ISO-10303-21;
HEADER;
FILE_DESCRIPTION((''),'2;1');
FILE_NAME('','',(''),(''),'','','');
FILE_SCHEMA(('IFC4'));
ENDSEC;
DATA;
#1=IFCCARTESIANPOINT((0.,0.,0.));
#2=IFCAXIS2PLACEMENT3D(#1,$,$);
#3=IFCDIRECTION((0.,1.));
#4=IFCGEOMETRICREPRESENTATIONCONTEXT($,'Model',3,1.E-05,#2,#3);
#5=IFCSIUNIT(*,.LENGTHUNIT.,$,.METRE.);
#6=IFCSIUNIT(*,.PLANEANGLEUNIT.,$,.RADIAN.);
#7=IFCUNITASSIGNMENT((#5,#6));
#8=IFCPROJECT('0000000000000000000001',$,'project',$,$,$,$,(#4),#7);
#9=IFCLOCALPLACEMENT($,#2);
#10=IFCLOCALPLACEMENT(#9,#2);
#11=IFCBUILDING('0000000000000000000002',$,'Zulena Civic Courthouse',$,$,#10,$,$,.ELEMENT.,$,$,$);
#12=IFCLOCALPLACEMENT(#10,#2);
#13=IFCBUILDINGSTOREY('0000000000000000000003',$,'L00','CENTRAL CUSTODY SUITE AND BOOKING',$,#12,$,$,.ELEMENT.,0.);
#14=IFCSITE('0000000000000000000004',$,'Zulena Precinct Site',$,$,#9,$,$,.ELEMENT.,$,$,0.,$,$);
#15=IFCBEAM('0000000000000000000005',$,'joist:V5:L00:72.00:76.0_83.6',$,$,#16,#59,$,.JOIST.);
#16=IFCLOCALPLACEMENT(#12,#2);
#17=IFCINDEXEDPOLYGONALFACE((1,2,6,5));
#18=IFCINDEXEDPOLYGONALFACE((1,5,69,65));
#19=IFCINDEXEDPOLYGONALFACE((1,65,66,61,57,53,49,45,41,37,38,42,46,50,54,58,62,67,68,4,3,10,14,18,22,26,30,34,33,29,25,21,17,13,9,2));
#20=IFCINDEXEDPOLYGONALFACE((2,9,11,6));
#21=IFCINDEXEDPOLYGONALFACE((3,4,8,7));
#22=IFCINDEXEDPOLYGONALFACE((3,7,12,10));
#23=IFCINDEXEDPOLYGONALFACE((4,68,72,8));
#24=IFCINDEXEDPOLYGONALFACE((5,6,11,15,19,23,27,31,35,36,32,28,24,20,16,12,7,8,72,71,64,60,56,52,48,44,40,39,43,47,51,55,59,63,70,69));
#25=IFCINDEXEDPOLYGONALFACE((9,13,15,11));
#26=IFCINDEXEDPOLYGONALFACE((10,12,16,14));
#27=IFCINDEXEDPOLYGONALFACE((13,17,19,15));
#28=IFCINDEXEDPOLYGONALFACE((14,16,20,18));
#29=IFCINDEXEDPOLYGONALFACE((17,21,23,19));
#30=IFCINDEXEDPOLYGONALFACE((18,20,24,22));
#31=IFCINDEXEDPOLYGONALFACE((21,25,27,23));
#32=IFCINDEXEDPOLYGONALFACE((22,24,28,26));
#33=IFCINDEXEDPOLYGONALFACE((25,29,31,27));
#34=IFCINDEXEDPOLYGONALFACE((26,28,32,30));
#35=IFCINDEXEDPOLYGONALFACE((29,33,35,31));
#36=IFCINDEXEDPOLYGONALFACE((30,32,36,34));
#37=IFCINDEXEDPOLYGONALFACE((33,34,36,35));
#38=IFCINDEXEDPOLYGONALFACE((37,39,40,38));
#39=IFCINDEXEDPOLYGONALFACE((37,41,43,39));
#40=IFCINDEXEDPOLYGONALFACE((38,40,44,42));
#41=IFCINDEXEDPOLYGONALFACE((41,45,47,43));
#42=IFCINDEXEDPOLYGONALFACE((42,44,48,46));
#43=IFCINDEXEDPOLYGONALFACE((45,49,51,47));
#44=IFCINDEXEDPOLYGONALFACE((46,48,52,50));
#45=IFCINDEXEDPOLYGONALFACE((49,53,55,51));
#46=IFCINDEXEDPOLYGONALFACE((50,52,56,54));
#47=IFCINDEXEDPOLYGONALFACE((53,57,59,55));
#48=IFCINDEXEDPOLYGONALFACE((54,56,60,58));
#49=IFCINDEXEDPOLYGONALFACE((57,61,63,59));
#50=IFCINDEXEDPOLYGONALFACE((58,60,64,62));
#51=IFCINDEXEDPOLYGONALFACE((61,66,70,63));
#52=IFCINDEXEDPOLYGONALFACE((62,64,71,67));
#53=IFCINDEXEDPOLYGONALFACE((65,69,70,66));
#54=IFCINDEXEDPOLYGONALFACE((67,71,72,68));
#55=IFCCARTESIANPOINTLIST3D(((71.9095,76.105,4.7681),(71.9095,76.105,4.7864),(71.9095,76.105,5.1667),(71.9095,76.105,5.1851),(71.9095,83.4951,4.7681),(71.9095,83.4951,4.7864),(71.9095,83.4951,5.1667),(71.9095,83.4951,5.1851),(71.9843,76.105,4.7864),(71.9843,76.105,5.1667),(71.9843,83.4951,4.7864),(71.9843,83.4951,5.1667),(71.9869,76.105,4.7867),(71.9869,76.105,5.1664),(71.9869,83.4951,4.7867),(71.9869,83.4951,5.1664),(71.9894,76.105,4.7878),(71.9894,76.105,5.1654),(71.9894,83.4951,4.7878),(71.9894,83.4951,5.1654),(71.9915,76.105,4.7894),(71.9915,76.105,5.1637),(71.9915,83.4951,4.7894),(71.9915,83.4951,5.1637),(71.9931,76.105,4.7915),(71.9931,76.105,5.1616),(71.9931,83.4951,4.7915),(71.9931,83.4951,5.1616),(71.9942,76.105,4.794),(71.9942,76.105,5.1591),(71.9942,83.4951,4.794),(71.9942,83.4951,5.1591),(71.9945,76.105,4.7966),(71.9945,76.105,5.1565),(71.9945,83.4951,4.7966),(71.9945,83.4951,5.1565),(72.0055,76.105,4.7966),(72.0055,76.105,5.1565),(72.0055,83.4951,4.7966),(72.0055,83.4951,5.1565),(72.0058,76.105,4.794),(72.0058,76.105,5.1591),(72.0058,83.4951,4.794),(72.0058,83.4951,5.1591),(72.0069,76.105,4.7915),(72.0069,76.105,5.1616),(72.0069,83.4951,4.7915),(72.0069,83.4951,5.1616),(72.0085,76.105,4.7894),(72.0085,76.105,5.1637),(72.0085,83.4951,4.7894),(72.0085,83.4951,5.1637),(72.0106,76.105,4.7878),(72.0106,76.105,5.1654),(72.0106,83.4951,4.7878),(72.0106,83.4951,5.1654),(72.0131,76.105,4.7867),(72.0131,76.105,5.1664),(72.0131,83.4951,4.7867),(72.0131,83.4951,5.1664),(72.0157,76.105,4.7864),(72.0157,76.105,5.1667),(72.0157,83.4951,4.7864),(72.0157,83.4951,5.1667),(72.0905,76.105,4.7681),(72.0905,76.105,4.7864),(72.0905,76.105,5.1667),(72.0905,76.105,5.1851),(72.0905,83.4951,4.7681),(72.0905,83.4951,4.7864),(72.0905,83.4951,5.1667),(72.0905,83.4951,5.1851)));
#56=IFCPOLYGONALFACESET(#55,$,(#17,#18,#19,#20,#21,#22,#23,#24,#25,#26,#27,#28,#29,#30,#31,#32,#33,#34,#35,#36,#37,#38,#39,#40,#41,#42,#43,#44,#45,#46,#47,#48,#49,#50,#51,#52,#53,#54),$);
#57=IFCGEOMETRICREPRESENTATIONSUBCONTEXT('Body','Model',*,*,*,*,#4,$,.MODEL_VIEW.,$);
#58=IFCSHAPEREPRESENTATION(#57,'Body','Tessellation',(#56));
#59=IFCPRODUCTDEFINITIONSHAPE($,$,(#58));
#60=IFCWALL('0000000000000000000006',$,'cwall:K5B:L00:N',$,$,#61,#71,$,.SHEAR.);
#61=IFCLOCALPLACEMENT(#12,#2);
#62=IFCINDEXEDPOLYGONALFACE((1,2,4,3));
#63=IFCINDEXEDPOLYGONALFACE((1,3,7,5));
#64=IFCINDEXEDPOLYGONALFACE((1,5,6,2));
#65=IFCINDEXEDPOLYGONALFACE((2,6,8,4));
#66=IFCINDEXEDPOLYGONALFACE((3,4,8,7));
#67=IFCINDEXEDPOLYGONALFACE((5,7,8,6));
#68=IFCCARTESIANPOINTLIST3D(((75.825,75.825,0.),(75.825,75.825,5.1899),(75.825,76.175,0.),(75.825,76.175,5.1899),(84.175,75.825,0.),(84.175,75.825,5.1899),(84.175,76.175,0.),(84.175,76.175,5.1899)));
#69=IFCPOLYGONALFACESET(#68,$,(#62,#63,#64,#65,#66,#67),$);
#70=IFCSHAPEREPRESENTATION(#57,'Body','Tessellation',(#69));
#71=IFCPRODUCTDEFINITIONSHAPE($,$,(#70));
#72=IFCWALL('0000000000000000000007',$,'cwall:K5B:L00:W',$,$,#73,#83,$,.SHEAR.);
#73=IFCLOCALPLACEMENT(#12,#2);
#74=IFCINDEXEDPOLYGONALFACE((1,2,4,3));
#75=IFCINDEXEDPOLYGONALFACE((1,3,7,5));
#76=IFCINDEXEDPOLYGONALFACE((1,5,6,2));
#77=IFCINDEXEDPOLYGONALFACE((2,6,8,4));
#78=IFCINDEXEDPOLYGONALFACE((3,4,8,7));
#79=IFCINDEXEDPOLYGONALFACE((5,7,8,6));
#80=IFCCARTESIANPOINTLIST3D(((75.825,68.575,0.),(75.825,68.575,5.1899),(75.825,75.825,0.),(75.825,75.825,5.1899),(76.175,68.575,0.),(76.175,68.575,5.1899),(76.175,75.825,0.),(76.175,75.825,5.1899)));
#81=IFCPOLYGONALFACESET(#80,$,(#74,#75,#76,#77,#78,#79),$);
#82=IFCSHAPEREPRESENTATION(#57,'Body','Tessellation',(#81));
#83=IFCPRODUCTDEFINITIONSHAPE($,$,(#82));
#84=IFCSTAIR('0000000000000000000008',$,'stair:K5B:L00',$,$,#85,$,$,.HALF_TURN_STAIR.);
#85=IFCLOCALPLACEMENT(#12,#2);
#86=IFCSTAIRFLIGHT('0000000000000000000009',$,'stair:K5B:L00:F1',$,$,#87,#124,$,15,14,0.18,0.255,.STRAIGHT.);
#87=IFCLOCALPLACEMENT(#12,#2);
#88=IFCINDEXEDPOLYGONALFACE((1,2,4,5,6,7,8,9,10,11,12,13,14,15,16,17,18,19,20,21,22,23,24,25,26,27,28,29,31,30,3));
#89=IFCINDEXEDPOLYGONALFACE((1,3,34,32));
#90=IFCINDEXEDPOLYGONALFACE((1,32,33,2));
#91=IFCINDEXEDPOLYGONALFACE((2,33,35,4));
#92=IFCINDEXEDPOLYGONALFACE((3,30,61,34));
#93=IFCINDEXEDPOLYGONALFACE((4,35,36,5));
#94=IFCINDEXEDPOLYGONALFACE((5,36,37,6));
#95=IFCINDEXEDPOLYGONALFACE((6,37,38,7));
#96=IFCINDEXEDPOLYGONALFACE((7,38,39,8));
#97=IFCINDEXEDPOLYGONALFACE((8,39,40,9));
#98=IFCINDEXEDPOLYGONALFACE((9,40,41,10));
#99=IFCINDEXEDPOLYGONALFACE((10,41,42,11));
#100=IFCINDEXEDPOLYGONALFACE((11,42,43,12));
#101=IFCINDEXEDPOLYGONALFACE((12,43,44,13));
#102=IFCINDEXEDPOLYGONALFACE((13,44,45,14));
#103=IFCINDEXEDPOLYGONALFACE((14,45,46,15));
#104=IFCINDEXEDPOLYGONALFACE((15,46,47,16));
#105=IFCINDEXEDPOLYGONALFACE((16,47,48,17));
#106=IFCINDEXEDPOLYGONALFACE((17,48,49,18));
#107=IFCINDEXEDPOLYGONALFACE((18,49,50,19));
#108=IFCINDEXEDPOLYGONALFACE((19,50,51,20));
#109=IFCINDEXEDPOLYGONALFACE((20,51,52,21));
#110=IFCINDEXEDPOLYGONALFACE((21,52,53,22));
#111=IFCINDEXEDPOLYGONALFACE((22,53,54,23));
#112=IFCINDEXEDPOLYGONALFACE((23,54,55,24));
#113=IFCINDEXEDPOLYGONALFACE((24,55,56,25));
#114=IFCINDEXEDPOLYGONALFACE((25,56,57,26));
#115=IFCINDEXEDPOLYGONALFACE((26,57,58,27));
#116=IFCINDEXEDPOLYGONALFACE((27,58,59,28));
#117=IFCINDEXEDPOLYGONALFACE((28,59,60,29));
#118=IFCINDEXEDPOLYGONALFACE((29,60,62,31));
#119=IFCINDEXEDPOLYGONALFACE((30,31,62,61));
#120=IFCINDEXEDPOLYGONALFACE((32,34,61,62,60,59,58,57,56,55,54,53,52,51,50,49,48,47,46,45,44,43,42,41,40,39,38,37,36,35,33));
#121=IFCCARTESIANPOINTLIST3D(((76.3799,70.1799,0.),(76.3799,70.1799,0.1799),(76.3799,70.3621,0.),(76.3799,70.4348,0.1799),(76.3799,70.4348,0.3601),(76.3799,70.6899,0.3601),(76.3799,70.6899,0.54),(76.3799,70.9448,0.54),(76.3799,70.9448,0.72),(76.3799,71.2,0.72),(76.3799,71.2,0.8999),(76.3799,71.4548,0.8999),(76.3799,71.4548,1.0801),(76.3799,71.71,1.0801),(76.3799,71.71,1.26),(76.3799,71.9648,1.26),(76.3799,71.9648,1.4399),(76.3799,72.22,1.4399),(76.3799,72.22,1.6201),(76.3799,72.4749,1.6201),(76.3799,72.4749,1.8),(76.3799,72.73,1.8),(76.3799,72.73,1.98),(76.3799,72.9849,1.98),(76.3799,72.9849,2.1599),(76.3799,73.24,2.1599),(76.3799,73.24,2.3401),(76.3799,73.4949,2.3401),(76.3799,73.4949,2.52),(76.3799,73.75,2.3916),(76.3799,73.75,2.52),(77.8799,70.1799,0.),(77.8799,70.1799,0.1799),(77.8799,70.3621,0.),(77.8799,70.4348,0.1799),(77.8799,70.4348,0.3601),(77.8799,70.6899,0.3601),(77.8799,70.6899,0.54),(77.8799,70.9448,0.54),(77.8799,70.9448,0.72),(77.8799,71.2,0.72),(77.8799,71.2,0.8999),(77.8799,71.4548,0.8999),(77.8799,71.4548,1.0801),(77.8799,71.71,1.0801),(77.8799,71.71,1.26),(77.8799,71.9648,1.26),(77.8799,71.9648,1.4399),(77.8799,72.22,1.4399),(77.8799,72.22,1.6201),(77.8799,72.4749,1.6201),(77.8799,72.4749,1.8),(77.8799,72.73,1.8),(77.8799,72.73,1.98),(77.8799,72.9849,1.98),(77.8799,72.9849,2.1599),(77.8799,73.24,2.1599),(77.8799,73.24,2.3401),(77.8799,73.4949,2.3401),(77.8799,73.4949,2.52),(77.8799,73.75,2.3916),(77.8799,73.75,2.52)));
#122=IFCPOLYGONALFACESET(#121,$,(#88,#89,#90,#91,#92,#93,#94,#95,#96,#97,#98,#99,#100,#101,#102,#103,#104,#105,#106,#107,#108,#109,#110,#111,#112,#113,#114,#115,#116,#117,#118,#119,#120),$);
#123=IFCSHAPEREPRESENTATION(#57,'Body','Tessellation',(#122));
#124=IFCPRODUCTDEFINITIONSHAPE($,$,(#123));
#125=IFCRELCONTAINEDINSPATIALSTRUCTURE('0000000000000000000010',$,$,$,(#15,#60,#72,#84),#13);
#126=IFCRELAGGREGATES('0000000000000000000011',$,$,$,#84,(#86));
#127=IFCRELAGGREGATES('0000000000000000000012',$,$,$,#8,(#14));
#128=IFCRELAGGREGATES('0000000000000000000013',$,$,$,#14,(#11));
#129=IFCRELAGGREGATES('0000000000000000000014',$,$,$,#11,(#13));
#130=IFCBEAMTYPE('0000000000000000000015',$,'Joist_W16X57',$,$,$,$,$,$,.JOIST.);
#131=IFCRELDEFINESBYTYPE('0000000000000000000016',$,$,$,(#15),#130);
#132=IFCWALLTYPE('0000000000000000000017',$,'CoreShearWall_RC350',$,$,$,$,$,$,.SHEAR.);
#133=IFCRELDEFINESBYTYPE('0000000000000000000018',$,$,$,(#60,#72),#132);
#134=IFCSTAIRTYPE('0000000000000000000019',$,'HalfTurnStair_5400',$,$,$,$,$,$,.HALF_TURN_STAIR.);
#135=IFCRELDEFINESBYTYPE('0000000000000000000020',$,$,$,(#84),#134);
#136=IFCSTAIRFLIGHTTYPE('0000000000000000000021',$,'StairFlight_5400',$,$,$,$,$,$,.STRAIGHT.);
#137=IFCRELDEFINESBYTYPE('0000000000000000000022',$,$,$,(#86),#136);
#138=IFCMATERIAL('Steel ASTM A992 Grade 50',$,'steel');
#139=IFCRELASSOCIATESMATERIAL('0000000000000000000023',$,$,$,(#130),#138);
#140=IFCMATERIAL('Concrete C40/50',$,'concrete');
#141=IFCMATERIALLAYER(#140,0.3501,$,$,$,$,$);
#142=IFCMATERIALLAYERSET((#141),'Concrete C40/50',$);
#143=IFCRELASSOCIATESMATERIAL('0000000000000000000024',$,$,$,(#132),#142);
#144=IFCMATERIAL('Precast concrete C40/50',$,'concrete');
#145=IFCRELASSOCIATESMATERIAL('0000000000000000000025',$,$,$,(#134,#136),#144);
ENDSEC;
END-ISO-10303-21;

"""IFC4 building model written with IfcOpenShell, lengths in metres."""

from ifc_helpers import new_model, si_unit, direction, frame, frame_2d, origin, origin_2d, place, context, subcontext, project, spatial, polyline, rectangle, i_section, outline, extrude, material, layer, layer_set, material_profile, profile_set, type_object, element, aggregate, save


model = new_model("IFC4")

# Units and contexts
model_context = context("Model", 3, precision=1e-05, world=origin(), true_north=direction((0.0, 1.0)))
body_context = subcontext(model_context, "Body", "Model", "MODEL_VIEW")
ifc_project = project(units=[si_unit("LENGTHUNIT", "METRE"), si_unit("PLANEANGLEUNIT", "RADIAN")], contexts=[model_context])

# Site, building, storey
site_placement = place(None, origin())
site = spatial("IfcSite", under=ifc_project, at=site_placement, Name="Zulena Precinct Site", CompositionType="ELEMENT", RefElevation=0.0)
building_placement = place(site_placement, origin())
building = spatial("IfcBuilding", under=site, at=building_placement, Name="Zulena Civic Courthouse", CompositionType="ELEMENT")
storey_placement = place(building_placement, origin())
storey = spatial("IfcBuildingStorey", under=building, at=storey_placement, Name="L00", Description="CENTRAL CUSTODY SUITE AND BOOKING", CompositionType="ELEMENT", Elevation=0.0)

# Shared definitions
ifc_material_1 = material(Name="Steel ASTM A992 Grade 50", Category="steel")

# Beam
ifc_material_profile_1 = material_profile(ifc_material_1, i_section(OverallWidth=0.1809, OverallDepth=0.417, WebThickness=0.011, FlangeThickness=0.0183, FilletRadius=0.0103, at=origin_2d()), Name="W16X57")
ifc_profile_set_1 = profile_set([ifc_material_profile_1], Name="Steel ASTM A992 Grade 50")
beam_type_1 = type_object("IfcBeamType", Name="Joist_W16X57", PredefinedType="JOIST", material=ifc_profile_set_1)
for number, where, z_axis, x_axis, name in (
    (1, (72.0, 76.105, 4.9766), (0.0, 1.0, 0.0), (-1.0, 0.0, 0.0), "joist:V5:L00:72.00:76.0_83.6"),
):
    element("IfcBeam", number, at=place(storey_placement, frame(where, z_axis=z_axis, x_axis=x_axis)), inside=storey, type_object=beam_type_1, Name=name, PredefinedType="JOIST", context=body_context, shape_type="SweptSolid", body=[
        extrude(i_section(OverallWidth=0.1809, OverallDepth=0.417, WebThickness=0.011, FlangeThickness=0.0183, FilletRadius=0.0103, at=origin_2d()), origin(), (0.0, 0.0, 1.0), 7.3901),
    ])

# Walls
ifc_material_2 = material(Name="Concrete C40/50", Category="concrete")
ifc_layer = layer(ifc_material_2, 0.3501)
ifc_layer_set = layer_set([ifc_layer], Name="Concrete C40/50")
wall_type = type_object("IfcWallType", Name="CoreShearWall_RC350", PredefinedType="SHEAR", material=ifc_layer_set)
wall_1_placement = place(storey_placement, frame((75.825, 76.0, 0.0), z_axis=(0.0, 0.0, 1.0), x_axis=(1.0, 0.0, 0.0)))
element("IfcWall", 2, at=wall_1_placement, inside=storey, type_object=wall_type, Name="cwall:K5B:L00:N", PredefinedType="SHEAR", context=body_context, shape_type="SweptSolid", body=[
    extrude(rectangle(XDim=8.3501, YDim=0.3501, at=frame_2d((4.175, 0.0))), origin(), (0.0, 0.0, 1.0), 5.1899),
])
wall_2_placement = place(storey_placement, frame((76.0, 68.575, 0.0), z_axis=(0.0, 0.0, 1.0), x_axis=(0.0, 1.0, 0.0)))
element("IfcWall", 3, at=wall_2_placement, inside=storey, type_object=wall_type, Name="cwall:K5B:L00:W", PredefinedType="SHEAR", context=body_context, shape_type="SweptSolid", body=[
    extrude(rectangle(XDim=7.25, YDim=0.3501, at=frame_2d((3.625, 0.0))), origin(), (0.0, 0.0, 1.0), 5.1899),
])

# Stair, stair flight
ifc_material_3 = material(Name="Precast concrete C40/50", Category="concrete")
stair_type = type_object("IfcStairType", Name="HalfTurnStair_5400", PredefinedType="HALF_TURN_STAIR", material=ifc_material_3)
stair_placement = place(storey_placement, origin())
stair = element("IfcStair", 4, at=stair_placement, inside=storey, type_object=stair_type, Name="stair:K5B:L00", PredefinedType="HALF_TURN_STAIR")
stair_flight_type = type_object("IfcStairFlightType", Name="StairFlight_5400", PredefinedType="STRAIGHT", material=ifc_material_3)
stair_flight_placement = place(storey_placement, frame((77.1299, 70.1799, 0.0), z_axis=(0.0, 0.0, 1.0), x_axis=(0.0, 1.0, 0.0)))
stair_flight = element("IfcStairFlight", 5, at=stair_flight_placement, type_object=stair_flight_type, Name="stair:K5B:L00:F1", NumberOfRisers=15, NumberOfTreads=14, PredefinedType="STRAIGHT", RiserHeight=0.18, TreadLength=0.255, context=body_context, shape_type="SweptSolid", body=[
    extrude(outline(polyline([(0.0, 0.0), (0.0, 0.1799), (0.2549, 0.1799), (0.2549, 0.3601), (0.51, 0.3601), (0.51, 0.54), (0.7649, 0.54), (0.7649, 0.72), (1.02, 0.72), (1.02, 0.8999), (1.2749, 0.8999), (1.2749, 1.0801), (1.53, 1.0801), (1.53, 1.26), (1.7849, 1.26), (1.7849, 1.4399), (2.04, 1.4399), (2.04, 1.6201), (2.2949, 1.6201), (2.2949, 1.8), (2.55, 1.8), (2.55, 1.98), (2.8049, 1.98), (2.8049, 2.1599), (3.0601, 2.1599), (3.0601, 2.3401), (3.3149, 2.3401), (3.3149, 2.52), (3.5701, 2.52), (3.5701, 2.7), (3.5701, 2.3916), (0.1821, 0.0), (0.0, 0.0)])), frame((0.0, 0.75, 0.0), z_axis=(0.0, -1.0, 0.0), x_axis=(1.0, 0.0, 0.0)), (0.0, 0.0, 1.0), 1.5),
])
aggregate(stair, [stair_flight])

save(model, "model.ifc")
